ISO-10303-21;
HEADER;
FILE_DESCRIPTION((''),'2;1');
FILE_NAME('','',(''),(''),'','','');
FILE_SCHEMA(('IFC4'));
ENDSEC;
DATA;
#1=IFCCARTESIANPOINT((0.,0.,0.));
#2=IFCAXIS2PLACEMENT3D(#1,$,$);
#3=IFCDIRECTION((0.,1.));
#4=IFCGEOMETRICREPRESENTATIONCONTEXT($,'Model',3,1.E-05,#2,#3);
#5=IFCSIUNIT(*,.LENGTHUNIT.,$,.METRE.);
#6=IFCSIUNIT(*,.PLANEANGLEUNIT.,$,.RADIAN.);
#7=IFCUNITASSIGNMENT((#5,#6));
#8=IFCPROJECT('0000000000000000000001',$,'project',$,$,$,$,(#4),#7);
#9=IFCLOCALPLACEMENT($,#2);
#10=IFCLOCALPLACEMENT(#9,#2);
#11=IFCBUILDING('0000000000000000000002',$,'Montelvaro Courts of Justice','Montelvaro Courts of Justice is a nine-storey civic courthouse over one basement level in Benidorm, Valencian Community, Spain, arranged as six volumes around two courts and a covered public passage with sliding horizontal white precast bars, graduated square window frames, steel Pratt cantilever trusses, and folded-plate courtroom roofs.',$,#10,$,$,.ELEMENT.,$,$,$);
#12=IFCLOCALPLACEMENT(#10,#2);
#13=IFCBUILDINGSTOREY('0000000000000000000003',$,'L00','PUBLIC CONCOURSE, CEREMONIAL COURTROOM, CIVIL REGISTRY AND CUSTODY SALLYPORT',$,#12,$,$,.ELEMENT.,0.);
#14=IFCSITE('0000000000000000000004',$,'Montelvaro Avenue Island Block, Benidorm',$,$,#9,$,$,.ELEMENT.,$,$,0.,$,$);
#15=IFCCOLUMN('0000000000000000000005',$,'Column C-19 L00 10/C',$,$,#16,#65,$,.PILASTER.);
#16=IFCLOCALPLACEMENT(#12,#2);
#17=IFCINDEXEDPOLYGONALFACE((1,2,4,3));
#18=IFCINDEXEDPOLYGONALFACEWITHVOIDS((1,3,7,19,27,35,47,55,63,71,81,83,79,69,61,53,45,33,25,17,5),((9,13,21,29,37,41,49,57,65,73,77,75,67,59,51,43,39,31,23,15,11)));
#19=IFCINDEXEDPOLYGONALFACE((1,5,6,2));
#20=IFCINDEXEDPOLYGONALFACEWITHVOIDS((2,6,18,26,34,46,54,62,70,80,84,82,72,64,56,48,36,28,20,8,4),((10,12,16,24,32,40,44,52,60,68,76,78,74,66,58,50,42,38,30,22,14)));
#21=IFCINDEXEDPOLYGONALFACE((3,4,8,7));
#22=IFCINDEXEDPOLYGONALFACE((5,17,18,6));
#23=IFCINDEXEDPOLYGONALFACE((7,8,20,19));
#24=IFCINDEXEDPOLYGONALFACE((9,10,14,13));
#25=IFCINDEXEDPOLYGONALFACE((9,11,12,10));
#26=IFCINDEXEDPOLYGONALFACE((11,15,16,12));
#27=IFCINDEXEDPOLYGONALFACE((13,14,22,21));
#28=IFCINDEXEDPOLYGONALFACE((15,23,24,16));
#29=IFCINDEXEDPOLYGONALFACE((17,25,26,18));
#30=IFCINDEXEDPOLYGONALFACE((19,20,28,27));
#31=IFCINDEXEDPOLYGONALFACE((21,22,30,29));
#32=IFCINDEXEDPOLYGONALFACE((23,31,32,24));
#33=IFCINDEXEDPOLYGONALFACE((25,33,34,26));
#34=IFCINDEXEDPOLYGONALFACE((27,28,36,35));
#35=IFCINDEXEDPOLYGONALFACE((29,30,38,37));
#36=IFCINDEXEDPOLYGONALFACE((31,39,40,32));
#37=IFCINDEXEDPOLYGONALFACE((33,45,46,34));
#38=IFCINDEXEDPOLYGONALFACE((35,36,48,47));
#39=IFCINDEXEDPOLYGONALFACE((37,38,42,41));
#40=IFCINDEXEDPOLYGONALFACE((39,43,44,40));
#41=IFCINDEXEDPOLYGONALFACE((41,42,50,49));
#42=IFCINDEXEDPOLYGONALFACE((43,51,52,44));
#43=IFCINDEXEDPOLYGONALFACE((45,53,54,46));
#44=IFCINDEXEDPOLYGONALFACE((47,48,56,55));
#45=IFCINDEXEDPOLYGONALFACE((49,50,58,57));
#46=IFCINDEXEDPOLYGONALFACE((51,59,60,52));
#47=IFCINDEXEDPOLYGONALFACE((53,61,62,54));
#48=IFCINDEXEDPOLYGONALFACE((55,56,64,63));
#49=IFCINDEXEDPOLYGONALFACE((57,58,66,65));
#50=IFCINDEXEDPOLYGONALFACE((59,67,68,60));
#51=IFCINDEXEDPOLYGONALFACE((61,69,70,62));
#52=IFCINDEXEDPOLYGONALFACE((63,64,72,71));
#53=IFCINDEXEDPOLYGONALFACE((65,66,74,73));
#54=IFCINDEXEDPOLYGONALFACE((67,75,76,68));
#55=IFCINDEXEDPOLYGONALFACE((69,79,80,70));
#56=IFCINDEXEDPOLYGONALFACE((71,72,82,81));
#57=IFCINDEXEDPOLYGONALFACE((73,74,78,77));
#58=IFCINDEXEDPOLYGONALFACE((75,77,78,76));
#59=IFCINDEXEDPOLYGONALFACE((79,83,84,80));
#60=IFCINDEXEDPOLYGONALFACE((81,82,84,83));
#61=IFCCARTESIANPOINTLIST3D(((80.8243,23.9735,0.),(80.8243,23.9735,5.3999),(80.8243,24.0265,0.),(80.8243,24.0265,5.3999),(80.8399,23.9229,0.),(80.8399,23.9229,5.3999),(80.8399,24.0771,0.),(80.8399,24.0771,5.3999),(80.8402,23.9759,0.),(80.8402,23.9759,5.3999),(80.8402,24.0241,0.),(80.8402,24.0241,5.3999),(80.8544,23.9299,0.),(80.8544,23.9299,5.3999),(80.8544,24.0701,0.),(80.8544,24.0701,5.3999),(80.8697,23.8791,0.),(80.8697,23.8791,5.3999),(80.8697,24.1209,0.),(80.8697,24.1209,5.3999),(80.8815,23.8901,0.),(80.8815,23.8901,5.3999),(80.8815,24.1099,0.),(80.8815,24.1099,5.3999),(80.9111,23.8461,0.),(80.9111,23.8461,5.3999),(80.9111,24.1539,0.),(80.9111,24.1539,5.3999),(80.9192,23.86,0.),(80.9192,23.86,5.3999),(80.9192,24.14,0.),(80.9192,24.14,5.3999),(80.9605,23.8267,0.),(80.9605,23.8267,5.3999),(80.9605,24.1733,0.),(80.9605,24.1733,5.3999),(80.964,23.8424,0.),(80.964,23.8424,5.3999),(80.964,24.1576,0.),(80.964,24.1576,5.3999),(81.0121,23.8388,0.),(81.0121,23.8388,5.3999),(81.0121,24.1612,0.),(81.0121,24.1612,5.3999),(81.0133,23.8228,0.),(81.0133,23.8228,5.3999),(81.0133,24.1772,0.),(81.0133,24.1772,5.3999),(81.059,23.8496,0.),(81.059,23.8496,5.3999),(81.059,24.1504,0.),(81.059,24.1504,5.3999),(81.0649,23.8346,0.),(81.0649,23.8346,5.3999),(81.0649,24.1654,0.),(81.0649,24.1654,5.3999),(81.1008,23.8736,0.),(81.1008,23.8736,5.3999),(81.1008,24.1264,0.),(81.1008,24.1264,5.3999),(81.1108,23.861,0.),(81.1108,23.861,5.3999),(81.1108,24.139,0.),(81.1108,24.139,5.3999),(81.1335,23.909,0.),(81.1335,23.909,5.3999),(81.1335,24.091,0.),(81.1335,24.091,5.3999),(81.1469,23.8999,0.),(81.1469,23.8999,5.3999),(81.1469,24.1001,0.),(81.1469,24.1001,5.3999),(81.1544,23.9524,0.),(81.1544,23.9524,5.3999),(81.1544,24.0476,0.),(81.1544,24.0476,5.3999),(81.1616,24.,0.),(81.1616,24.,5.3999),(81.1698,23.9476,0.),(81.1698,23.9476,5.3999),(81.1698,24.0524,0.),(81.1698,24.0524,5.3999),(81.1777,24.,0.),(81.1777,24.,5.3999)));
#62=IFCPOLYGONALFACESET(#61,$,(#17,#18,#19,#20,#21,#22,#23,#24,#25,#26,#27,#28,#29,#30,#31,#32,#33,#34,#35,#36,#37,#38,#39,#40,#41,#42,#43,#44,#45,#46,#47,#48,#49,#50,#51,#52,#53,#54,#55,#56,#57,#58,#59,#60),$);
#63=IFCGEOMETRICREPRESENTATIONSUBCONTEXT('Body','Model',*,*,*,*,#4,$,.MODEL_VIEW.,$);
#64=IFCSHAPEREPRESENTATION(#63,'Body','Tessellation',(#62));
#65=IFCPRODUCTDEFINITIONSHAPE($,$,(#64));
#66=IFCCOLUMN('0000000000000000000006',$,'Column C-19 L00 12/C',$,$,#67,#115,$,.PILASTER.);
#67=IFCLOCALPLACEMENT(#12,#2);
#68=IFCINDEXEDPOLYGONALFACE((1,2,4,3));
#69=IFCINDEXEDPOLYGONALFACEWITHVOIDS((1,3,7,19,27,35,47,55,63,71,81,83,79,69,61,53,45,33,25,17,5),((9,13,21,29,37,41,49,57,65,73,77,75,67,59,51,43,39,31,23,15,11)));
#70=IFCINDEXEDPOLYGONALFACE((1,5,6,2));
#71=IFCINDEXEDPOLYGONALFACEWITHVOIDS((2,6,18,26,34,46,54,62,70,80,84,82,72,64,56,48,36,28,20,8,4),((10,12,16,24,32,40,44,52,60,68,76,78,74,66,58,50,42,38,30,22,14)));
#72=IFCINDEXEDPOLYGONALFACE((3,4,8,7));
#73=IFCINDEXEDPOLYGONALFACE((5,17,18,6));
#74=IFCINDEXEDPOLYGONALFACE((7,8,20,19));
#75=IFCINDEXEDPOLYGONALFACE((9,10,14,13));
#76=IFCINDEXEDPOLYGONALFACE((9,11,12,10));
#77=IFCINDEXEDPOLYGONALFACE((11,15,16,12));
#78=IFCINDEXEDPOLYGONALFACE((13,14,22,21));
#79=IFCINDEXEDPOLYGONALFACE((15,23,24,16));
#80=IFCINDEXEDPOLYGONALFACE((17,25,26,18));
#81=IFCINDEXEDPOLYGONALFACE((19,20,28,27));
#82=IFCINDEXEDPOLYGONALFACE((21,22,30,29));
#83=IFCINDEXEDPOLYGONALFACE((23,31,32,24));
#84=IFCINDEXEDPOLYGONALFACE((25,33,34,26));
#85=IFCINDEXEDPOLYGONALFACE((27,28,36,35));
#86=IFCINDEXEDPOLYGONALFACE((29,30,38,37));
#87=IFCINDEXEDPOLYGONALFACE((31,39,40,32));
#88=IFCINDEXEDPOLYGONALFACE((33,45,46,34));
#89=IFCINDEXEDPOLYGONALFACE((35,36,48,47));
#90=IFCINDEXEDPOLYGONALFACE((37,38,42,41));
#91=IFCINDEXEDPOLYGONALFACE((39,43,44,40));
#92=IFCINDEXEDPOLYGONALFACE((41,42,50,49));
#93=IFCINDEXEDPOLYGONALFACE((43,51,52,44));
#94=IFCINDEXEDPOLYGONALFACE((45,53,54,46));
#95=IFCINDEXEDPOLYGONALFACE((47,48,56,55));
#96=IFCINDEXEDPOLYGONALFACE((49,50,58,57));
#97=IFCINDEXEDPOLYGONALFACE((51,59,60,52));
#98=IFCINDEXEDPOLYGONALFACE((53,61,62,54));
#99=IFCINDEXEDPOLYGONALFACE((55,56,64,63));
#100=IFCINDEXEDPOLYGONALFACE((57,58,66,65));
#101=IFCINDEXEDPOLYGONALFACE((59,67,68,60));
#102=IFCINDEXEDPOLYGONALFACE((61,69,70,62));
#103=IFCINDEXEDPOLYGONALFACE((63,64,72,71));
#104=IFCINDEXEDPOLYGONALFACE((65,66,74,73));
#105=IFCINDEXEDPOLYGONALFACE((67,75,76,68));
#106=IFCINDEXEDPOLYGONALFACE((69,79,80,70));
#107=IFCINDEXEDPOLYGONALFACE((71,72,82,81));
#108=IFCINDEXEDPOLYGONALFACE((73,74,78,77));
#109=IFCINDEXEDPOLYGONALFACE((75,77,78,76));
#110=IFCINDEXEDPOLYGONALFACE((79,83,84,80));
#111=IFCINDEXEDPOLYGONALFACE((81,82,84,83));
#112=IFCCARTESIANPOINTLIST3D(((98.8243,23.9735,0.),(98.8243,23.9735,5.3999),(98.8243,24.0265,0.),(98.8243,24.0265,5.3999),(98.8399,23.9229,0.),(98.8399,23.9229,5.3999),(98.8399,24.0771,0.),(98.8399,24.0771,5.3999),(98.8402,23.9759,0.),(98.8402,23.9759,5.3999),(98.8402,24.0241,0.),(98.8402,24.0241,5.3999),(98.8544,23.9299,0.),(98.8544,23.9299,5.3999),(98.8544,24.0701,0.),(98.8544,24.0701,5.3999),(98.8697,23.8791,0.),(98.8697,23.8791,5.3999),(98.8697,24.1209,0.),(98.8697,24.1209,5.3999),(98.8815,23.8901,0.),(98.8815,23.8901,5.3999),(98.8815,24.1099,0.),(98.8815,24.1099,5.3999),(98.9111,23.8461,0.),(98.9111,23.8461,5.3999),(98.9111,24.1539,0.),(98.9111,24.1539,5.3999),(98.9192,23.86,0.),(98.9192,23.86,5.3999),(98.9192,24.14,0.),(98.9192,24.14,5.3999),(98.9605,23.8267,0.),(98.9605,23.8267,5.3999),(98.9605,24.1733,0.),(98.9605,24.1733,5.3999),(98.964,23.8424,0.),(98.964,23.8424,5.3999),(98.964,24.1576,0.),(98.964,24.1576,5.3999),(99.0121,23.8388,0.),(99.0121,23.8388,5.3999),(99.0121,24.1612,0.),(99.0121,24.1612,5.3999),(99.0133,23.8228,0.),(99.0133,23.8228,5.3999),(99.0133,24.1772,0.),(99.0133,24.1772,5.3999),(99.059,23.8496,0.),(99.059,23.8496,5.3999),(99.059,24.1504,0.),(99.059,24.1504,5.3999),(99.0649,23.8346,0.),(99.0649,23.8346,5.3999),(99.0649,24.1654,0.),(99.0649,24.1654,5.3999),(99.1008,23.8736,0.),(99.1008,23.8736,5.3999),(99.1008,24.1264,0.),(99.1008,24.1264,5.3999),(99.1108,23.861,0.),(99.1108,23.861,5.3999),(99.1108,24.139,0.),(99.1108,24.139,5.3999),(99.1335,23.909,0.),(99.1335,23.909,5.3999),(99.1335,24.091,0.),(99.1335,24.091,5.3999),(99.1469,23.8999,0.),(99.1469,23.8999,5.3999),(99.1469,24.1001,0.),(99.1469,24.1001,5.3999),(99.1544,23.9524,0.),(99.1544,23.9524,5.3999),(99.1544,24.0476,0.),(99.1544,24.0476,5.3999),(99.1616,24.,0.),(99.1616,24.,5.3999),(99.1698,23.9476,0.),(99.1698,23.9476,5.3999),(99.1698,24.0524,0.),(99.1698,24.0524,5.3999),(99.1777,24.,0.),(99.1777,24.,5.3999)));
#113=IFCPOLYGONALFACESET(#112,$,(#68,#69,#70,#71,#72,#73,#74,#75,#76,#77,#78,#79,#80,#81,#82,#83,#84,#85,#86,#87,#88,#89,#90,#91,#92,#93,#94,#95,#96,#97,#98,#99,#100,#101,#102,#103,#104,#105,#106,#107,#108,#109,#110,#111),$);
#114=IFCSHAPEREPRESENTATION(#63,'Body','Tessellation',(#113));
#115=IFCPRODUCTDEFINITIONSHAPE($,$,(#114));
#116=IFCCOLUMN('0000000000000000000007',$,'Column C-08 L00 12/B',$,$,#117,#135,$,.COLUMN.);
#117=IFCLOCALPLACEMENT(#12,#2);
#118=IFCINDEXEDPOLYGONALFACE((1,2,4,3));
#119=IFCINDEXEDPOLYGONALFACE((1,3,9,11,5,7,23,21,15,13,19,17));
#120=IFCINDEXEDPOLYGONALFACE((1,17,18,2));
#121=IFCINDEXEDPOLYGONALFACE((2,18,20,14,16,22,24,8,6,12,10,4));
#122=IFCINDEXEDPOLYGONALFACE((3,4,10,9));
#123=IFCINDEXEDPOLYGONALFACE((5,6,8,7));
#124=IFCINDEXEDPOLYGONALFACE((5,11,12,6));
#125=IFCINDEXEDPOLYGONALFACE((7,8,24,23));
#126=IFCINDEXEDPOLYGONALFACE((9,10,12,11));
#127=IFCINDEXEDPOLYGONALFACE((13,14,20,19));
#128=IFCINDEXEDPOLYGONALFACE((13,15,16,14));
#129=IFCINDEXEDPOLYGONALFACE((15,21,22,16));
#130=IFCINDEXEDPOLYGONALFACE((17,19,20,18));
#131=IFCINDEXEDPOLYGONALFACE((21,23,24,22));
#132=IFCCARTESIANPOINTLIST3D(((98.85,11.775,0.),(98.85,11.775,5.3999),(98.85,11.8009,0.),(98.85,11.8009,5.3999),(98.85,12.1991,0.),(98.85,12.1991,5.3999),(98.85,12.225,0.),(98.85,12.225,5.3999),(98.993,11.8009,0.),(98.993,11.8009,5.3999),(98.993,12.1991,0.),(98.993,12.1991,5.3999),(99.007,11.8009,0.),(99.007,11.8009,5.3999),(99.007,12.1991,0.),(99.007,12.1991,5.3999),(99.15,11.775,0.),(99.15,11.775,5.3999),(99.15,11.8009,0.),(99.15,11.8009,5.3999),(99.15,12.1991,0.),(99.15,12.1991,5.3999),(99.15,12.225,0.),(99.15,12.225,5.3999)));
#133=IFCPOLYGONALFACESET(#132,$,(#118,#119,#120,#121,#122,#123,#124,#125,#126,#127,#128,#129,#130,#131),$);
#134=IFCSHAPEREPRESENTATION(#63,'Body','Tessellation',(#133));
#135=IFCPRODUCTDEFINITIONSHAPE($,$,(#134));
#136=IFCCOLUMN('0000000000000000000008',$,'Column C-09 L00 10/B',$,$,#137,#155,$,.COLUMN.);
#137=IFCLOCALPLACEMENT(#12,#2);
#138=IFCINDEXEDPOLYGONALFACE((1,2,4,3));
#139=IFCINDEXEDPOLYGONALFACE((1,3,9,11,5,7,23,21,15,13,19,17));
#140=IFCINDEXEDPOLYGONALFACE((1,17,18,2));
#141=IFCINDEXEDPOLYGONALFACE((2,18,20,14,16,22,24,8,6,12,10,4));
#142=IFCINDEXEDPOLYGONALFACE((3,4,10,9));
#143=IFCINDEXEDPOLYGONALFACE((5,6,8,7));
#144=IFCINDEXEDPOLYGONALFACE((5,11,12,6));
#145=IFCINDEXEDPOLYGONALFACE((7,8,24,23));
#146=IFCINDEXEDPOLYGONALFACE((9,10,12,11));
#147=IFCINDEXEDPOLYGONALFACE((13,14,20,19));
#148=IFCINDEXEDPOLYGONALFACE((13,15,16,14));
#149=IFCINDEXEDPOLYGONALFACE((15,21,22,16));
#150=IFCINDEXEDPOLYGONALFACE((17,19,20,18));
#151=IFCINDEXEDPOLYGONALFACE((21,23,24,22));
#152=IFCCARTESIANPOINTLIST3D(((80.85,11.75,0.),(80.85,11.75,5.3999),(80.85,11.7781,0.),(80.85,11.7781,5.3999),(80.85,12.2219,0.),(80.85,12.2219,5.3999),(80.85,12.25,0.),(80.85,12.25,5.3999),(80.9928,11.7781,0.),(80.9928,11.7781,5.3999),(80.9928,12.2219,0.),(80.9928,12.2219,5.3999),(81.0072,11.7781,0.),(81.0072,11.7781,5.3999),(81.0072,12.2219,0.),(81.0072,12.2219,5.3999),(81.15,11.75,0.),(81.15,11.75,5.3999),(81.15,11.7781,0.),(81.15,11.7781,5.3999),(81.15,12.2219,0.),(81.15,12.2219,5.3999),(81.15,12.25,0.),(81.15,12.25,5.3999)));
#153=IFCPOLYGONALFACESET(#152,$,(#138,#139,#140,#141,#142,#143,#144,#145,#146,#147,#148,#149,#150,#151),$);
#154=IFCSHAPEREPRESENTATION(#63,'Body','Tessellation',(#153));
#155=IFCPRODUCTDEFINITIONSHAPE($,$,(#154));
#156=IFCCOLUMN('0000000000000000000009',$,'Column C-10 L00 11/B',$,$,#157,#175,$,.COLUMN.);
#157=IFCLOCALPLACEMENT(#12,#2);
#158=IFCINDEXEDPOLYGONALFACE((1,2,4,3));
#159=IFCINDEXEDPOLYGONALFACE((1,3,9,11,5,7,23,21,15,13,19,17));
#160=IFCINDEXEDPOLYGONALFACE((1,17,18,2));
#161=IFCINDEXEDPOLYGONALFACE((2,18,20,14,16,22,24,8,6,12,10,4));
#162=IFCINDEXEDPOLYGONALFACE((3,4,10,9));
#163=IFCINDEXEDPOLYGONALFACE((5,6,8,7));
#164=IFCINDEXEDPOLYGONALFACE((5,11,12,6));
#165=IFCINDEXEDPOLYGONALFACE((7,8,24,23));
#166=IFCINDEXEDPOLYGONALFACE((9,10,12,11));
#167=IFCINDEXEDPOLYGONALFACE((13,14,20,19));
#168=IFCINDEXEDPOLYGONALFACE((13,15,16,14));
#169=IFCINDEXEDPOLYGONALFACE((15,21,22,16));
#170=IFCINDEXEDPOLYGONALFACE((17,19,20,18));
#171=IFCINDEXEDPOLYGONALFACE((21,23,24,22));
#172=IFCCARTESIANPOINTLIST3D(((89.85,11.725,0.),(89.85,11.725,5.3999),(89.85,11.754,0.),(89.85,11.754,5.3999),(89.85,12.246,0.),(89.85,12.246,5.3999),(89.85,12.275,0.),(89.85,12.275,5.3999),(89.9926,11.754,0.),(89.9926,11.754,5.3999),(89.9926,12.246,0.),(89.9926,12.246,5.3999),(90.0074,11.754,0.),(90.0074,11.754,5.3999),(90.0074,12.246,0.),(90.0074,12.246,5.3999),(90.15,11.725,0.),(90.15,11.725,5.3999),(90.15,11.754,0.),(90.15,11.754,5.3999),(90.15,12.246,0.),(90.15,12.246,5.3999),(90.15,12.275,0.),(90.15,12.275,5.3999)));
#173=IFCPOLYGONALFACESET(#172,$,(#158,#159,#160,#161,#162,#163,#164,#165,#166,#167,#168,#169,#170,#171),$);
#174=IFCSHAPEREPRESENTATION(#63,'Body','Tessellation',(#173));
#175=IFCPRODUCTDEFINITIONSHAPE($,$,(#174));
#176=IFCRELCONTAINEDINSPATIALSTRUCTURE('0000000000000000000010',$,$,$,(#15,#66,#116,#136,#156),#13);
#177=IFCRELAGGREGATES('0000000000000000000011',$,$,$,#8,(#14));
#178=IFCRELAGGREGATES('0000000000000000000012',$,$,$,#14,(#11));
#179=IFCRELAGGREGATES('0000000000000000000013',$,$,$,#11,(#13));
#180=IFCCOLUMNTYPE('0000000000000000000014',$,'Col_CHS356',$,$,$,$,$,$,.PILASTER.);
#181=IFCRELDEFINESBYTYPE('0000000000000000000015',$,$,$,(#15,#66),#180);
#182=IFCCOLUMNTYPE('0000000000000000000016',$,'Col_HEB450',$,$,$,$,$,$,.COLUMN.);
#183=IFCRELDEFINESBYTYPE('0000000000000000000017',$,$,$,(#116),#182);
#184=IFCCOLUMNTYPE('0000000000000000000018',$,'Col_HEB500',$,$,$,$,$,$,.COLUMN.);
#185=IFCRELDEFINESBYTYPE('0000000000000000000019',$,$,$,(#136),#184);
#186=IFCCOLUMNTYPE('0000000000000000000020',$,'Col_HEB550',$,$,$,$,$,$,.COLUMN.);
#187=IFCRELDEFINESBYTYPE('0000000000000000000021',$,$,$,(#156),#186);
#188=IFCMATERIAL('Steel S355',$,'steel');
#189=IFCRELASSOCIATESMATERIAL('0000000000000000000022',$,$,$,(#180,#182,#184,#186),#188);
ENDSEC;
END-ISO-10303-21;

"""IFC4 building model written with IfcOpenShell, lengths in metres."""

from ifc_helpers import new_model, si_unit, direction, frame, origin, origin_2d, place, context, subcontext, project, spatial, hollow_circle, i_section, extrude, material, material_profile, profile_set, type_object, element, save


model = new_model("IFC4")

# Units and contexts
model_context = context("Model", 3, precision=1e-05, world=origin(), true_north=direction((0.0, 1.0)))
body_context = subcontext(model_context, "Body", "Model", "MODEL_VIEW")
ifc_project = project(units=[si_unit("LENGTHUNIT", "METRE"), si_unit("PLANEANGLEUNIT", "RADIAN")], contexts=[model_context])

# Site, building, storey
site_placement = place(None, origin())
site = spatial("IfcSite", under=ifc_project, at=site_placement, Name="Montelvaro Avenue Island Block, Benidorm", CompositionType="ELEMENT", RefElevation=0.0)
building_placement = place(site_placement, origin())
building = spatial("IfcBuilding", under=site, at=building_placement, Name="Montelvaro Courts of Justice", Description="Montelvaro Courts of Justice is a nine-storey civic courthouse over one basement level in Benidorm, Valencian Community, Spain, arranged as six volumes around two courts and a covered public passage with sliding horizontal white precast bars, graduated square window frames, steel Pratt cantilever trusses, and folded-plate courtroom roofs.", CompositionType="ELEMENT")
storey_placement = place(building_placement, origin())
storey = spatial("IfcBuildingStorey", under=building, at=storey_placement, Name="L00", Description="PUBLIC CONCOURSE, CEREMONIAL COURTROOM, CIVIL REGISTRY AND CUSTODY SALLYPORT", CompositionType="ELEMENT", Elevation=0.0)

# Columns
ifc_material_1 = material(Name="Steel S355", Category="steel")
ifc_material_profile_1 = material_profile(ifc_material_1, hollow_circle(Radius=0.1777, WallThickness=0.0161, at=origin_2d()), Name="CHS 355.6x16")
ifc_profile_set_1 = profile_set([ifc_material_profile_1], Name="Steel S355")
column_type_1 = type_object("IfcColumnType", Name="Col_CHS356", PredefinedType="PILASTER", material=ifc_profile_set_1)
for number, where, z_axis, x_axis, name in (
    (1, (81.0, 24.0, 0.0), (0.0, 0.0, 1.0), (1.0, 0.0, 0.0), "Column C-19 L00 10/C"),
    (2, (99.0, 24.0, 0.0), (0.0, 0.0, 1.0), (1.0, 0.0, 0.0), "Column C-19 L00 12/C"),
):
    element("IfcColumn", number, at=place(storey_placement, frame(where, z_axis=z_axis, x_axis=x_axis)), inside=storey, type_object=column_type_1, Name=name, PredefinedType="PILASTER", context=body_context, shape_type="SweptSolid", body=[
        extrude(hollow_circle(Radius=0.1777, WallThickness=0.0161, at=origin_2d()), origin(), (0.0, 0.0, 1.0), 5.3999),
    ])
ifc_material_profile_2 = material_profile(ifc_material_1, i_section(OverallWidth=0.3, OverallDepth=0.45, WebThickness=0.0139, FlangeThickness=0.0259, at=origin_2d()), Name="HEB 450")
ifc_profile_set_2 = profile_set([ifc_material_profile_2], Name="Steel S355")
column_type_2 = type_object("IfcColumnType", Name="Col_HEB450", PredefinedType="COLUMN", material=ifc_profile_set_2)
column_1_placement = place(storey_placement, frame((99.0, 12.0, 0.0), z_axis=(0.0, 0.0, 1.0), x_axis=(1.0, 0.0, 0.0)))
element("IfcColumn", 3, at=column_1_placement, inside=storey, type_object=column_type_2, Name="Column C-08 L00 12/B", PredefinedType="COLUMN", context=body_context, shape_type="SweptSolid", body=[
    extrude(i_section(OverallWidth=0.3, OverallDepth=0.45, WebThickness=0.0139, FlangeThickness=0.0259, at=origin_2d()), origin(), (0.0, 0.0, 1.0), 5.3999),
])
ifc_material_profile_3 = material_profile(ifc_material_1, i_section(OverallWidth=0.3, OverallDepth=0.5, WebThickness=0.0144, FlangeThickness=0.0281, at=origin_2d()), Name="HEB 500")
ifc_profile_set_3 = profile_set([ifc_material_profile_3], Name="Steel S355")
column_type_3 = type_object("IfcColumnType", Name="Col_HEB500", PredefinedType="COLUMN", material=ifc_profile_set_3)
column_2_placement = place(storey_placement, frame((81.0, 12.0, 0.0), z_axis=(0.0, 0.0, 1.0), x_axis=(1.0, 0.0, 0.0)))
element("IfcColumn", 4, at=column_2_placement, inside=storey, type_object=column_type_3, Name="Column C-09 L00 10/B", PredefinedType="COLUMN", context=body_context, shape_type="SweptSolid", body=[
    extrude(i_section(OverallWidth=0.3, OverallDepth=0.5, WebThickness=0.0144, FlangeThickness=0.0281, at=origin_2d()), origin(), (0.0, 0.0, 1.0), 5.3999),
])
ifc_material_profile_4 = material_profile(ifc_material_1, i_section(OverallWidth=0.3, OverallDepth=0.55, WebThickness=0.0149, FlangeThickness=0.0291, at=origin_2d()), Name="HEB 550")
ifc_profile_set_4 = profile_set([ifc_material_profile_4], Name="Steel S355")
column_type_4 = type_object("IfcColumnType", Name="Col_HEB550", PredefinedType="COLUMN", material=ifc_profile_set_4)
column_3_placement = place(storey_placement, frame((90.0, 12.0, 0.0), z_axis=(0.0, 0.0, 1.0), x_axis=(1.0, 0.0, 0.0)))
element("IfcColumn", 5, at=column_3_placement, inside=storey, type_object=column_type_4, Name="Column C-10 L00 11/B", PredefinedType="COLUMN", context=body_context, shape_type="SweptSolid", body=[
    extrude(i_section(OverallWidth=0.3, OverallDepth=0.55, WebThickness=0.0149, FlangeThickness=0.0291, at=origin_2d()), origin(), (0.0, 0.0, 1.0), 5.3999),
])

save(model, "model.ifc")
